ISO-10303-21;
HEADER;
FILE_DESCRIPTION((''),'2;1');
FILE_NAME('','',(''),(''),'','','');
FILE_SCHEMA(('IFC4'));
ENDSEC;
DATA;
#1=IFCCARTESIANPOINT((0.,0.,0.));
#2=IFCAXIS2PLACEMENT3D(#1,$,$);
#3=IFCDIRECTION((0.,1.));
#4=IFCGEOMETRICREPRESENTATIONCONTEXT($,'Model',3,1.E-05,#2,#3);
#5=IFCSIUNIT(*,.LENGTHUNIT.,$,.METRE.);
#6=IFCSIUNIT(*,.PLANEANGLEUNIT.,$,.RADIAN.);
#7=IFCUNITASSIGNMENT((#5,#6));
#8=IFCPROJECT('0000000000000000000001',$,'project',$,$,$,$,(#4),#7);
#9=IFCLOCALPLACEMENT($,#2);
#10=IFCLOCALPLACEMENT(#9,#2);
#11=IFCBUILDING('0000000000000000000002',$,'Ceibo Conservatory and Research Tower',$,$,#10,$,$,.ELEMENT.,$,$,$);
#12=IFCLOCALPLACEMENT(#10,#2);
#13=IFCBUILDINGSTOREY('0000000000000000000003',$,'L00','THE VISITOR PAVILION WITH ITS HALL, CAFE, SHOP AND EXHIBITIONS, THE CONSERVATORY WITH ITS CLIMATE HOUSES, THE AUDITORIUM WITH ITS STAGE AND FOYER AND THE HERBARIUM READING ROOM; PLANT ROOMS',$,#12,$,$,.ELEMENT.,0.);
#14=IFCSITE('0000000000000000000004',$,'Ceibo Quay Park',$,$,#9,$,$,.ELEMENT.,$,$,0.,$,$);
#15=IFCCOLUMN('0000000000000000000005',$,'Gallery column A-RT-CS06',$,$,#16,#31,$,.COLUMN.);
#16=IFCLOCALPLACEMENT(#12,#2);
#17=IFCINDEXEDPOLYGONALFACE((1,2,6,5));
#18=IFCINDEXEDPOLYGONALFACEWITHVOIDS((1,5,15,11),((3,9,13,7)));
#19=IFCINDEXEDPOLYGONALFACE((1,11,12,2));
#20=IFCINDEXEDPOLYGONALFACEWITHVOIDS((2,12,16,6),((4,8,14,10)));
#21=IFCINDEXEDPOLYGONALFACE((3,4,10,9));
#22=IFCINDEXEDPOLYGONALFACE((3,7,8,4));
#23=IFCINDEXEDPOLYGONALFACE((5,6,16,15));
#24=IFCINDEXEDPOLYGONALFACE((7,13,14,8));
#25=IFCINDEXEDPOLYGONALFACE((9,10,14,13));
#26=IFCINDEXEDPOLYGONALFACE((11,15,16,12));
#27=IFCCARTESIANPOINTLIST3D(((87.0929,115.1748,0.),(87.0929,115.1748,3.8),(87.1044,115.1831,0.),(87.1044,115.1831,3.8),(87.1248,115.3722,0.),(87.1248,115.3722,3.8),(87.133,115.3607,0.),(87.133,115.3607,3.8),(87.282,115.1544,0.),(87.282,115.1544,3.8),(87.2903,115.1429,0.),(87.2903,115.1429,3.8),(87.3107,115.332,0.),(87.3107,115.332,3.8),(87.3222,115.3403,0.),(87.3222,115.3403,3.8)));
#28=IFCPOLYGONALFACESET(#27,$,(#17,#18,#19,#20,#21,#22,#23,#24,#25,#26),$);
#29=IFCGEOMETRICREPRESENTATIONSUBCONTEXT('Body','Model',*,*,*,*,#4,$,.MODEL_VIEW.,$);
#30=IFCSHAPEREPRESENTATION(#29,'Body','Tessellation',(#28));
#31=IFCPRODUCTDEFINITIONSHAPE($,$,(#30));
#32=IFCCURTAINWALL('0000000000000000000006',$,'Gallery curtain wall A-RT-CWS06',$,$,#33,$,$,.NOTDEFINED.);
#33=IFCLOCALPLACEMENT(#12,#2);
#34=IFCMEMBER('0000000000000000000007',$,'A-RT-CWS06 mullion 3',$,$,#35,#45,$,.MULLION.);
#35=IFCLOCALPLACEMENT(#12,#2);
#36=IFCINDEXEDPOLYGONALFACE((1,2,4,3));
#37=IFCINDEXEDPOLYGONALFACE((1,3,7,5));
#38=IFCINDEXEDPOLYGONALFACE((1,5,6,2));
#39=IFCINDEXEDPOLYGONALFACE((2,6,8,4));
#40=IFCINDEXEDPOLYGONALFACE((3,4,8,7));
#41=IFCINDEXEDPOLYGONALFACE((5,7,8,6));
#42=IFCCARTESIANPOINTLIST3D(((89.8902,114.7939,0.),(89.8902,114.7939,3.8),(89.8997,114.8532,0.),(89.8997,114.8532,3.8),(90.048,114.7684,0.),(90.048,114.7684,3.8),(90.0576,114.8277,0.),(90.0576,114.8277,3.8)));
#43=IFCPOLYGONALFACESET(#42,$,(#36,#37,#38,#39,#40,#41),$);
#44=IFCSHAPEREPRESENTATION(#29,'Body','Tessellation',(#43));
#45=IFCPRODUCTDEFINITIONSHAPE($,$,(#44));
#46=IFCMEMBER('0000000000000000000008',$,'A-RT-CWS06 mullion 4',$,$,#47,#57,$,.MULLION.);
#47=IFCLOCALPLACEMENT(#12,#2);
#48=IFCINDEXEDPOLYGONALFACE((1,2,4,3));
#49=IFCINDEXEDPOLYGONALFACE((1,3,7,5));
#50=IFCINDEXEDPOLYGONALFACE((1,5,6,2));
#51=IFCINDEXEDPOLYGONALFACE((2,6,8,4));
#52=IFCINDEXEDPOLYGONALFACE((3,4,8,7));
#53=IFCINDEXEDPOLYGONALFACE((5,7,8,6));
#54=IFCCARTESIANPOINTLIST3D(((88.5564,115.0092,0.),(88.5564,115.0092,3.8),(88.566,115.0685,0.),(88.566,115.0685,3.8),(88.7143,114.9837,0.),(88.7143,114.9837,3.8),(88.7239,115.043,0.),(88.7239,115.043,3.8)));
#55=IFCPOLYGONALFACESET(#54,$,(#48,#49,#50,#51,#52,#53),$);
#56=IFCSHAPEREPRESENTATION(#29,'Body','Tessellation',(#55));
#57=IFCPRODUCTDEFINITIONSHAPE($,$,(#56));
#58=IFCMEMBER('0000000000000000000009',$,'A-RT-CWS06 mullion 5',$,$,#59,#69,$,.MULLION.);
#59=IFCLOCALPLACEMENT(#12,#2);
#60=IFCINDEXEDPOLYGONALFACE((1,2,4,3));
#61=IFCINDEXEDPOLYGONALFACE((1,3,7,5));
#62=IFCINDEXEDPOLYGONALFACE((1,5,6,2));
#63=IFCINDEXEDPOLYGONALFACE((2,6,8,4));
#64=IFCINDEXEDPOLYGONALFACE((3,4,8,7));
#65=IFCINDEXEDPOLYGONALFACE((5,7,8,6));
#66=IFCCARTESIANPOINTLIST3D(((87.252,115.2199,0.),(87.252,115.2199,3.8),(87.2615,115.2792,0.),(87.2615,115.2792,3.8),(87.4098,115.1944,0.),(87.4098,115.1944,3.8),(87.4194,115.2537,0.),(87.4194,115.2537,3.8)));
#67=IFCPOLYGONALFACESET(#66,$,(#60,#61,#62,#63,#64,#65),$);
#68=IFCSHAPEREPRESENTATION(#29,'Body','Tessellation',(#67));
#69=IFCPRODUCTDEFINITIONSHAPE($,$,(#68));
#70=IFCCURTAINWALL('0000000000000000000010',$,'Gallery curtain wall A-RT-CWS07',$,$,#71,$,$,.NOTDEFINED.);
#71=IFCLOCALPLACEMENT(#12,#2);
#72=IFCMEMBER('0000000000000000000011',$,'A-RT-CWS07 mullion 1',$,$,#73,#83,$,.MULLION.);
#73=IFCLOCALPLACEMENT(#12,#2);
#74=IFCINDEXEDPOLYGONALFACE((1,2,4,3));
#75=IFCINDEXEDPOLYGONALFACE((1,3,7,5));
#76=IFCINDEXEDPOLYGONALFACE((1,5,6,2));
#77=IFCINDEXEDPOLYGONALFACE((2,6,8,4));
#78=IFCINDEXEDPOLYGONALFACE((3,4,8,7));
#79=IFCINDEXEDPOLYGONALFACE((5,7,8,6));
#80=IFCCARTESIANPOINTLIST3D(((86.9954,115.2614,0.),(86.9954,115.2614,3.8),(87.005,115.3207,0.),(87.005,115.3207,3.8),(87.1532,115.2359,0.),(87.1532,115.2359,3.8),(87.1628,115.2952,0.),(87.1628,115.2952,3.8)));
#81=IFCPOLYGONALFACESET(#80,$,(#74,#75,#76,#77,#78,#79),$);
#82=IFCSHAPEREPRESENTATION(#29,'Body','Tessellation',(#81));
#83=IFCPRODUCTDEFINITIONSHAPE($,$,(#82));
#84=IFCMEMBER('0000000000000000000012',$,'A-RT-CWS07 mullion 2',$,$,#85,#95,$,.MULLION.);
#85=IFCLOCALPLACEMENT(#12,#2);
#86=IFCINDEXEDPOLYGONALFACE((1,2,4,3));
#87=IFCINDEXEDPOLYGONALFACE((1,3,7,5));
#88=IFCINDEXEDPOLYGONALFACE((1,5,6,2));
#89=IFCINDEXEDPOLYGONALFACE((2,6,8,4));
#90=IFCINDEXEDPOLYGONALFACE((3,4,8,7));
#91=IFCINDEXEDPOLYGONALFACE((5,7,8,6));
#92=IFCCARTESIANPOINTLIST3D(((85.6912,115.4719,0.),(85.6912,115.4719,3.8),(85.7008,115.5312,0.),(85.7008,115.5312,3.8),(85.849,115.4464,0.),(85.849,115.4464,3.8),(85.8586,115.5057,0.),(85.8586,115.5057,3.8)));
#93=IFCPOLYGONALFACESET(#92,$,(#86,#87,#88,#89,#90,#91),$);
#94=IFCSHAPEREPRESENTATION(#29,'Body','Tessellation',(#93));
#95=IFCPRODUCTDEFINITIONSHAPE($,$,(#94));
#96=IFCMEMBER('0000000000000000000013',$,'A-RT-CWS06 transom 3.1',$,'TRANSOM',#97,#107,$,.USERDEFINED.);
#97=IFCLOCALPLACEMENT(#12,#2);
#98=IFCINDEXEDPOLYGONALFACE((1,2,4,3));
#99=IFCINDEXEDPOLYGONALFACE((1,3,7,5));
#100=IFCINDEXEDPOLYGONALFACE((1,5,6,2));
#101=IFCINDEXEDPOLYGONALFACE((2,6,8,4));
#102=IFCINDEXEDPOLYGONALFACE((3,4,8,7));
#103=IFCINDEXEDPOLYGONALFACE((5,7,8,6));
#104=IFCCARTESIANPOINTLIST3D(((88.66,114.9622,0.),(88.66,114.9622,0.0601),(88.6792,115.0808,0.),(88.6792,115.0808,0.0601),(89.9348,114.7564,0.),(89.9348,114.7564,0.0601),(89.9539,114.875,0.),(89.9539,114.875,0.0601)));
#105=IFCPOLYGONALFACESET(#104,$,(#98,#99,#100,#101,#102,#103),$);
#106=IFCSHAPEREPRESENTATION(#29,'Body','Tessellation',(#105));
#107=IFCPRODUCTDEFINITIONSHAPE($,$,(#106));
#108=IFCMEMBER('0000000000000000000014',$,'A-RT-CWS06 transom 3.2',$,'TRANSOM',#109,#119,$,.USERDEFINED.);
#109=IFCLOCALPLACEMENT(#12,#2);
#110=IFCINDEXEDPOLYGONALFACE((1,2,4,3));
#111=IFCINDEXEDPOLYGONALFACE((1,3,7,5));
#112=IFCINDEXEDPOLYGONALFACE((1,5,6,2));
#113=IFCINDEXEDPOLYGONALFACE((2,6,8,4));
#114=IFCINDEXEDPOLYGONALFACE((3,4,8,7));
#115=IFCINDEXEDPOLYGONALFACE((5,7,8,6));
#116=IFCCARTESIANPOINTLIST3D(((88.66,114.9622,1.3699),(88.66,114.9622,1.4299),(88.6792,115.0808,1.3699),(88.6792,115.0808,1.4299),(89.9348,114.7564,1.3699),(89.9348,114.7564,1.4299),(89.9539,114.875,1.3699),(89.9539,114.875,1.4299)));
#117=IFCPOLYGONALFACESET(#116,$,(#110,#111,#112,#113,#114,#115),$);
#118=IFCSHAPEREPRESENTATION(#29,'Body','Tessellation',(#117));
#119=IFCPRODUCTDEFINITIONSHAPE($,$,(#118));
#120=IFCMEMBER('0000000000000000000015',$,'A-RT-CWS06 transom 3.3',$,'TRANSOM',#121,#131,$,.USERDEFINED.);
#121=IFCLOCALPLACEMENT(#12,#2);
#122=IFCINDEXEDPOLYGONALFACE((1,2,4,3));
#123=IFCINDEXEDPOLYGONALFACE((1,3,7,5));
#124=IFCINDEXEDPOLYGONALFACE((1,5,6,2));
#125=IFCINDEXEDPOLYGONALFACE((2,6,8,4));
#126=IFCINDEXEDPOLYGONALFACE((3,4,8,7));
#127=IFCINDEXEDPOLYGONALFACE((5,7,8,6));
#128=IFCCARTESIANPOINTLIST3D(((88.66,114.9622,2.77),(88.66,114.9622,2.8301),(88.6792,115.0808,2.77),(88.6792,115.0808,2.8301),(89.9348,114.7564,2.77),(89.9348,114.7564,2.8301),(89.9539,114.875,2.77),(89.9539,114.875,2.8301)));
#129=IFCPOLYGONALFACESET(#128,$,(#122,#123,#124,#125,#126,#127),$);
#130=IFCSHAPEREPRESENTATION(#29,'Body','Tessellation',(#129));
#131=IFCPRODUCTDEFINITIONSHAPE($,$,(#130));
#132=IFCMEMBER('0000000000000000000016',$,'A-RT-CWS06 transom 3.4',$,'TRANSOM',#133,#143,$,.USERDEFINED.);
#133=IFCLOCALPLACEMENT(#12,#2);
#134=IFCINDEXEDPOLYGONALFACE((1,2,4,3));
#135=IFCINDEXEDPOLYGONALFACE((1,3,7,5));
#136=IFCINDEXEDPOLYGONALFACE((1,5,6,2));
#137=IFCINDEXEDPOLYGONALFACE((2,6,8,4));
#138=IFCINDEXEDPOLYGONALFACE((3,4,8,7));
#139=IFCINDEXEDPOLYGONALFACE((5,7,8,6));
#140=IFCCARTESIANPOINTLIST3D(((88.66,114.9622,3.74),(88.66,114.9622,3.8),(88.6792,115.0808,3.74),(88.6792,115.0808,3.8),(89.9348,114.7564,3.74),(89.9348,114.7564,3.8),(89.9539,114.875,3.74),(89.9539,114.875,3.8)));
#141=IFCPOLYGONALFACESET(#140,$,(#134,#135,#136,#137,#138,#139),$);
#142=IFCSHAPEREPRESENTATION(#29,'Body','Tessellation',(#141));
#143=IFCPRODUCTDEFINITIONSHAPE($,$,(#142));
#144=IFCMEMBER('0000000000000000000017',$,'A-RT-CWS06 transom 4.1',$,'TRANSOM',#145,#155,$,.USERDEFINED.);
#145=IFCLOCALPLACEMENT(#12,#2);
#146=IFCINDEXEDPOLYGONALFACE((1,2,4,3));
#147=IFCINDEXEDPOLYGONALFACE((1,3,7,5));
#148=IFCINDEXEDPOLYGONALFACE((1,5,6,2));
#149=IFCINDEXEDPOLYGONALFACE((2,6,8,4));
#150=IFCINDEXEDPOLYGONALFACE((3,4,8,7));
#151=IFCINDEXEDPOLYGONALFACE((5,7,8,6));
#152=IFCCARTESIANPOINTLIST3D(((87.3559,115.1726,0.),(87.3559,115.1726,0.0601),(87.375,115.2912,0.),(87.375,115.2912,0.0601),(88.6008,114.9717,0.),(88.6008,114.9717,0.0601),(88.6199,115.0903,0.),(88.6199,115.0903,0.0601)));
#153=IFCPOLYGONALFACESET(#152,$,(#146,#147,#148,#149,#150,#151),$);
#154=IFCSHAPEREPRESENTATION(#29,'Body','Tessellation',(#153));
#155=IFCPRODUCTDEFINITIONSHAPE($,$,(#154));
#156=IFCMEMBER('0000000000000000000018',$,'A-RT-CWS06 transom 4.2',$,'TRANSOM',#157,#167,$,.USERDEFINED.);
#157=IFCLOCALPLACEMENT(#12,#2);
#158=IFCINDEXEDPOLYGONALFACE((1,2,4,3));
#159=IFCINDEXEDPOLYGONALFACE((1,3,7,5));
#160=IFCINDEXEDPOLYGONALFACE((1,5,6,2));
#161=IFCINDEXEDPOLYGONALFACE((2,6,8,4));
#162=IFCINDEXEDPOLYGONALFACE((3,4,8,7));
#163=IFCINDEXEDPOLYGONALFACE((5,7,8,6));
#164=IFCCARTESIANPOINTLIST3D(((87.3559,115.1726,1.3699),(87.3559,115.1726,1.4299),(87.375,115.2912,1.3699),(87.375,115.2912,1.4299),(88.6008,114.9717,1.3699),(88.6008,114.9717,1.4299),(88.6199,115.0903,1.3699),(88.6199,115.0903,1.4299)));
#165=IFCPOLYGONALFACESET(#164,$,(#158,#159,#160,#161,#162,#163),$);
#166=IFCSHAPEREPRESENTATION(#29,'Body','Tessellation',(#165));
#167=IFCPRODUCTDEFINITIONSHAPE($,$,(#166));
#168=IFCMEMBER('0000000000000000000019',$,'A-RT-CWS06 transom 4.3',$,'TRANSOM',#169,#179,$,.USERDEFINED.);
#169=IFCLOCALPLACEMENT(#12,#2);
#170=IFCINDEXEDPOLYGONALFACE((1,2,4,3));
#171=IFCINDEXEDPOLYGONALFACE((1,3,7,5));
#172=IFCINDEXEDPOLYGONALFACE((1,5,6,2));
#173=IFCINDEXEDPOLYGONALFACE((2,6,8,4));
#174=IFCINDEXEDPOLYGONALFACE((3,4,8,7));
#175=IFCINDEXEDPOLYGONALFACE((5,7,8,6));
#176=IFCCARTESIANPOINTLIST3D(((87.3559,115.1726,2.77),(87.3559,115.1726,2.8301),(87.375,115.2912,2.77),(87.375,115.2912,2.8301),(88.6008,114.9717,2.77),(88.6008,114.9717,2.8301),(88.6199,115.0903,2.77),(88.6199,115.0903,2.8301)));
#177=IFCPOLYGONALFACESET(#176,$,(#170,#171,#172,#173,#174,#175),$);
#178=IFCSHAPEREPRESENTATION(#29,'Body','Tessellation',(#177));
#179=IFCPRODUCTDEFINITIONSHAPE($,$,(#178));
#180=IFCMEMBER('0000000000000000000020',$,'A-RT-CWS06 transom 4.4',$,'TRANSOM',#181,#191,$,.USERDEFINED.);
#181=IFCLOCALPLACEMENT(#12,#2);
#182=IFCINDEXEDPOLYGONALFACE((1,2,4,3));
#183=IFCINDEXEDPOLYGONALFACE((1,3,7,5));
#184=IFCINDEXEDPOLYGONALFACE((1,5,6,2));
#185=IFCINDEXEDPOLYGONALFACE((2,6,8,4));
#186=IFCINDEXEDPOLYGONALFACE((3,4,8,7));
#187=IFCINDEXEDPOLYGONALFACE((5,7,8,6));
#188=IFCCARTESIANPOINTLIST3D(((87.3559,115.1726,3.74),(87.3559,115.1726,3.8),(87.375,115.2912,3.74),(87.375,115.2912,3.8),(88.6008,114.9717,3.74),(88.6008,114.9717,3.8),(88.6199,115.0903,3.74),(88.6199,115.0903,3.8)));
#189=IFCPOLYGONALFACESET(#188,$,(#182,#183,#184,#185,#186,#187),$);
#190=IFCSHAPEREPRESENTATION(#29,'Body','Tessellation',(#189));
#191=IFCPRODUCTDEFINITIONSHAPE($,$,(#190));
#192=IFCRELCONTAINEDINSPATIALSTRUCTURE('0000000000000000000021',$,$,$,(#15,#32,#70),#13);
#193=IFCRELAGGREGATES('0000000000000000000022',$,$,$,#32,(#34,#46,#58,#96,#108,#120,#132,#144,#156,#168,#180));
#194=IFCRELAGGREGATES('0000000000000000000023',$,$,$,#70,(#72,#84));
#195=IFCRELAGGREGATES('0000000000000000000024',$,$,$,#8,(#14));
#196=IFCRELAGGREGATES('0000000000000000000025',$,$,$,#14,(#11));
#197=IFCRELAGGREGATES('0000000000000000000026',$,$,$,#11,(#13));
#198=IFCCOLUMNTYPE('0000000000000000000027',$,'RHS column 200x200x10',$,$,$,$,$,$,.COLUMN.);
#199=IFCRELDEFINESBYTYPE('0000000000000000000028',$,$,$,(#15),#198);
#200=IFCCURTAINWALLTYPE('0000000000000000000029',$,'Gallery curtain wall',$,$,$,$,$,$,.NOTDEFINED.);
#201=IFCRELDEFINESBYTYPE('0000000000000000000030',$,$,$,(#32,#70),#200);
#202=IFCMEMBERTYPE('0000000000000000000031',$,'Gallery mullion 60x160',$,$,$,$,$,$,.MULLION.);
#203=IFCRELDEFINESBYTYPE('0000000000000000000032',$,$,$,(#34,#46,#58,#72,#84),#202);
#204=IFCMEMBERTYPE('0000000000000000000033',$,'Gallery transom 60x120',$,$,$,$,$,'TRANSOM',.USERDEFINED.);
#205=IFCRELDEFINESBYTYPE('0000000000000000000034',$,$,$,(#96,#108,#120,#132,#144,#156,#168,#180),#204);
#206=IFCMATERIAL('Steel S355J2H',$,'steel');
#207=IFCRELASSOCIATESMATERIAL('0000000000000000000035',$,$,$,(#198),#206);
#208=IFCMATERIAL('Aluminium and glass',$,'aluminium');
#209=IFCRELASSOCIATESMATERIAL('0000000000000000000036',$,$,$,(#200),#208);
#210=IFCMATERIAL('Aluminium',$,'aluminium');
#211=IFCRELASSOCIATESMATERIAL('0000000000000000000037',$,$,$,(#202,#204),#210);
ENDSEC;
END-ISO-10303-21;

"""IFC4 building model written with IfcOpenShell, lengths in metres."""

from ifc_helpers import new_model, si_unit, direction, frame, origin, origin_2d, place, context, subcontext, project, spatial, rectangle, hollow_rectangle, extrude, material, material_profile, profile_set, type_object, element, aggregate, save


model = new_model("IFC4")

# Units and contexts
model_context = context("Model", 3, precision=1e-05, world=origin(), true_north=direction((0.0, 1.0)))
body_context = subcontext(model_context, "Body", "Model", "MODEL_VIEW")
ifc_project = project(units=[si_unit("LENGTHUNIT", "METRE"), si_unit("PLANEANGLEUNIT", "RADIAN")], contexts=[model_context])

# Site, building, storey
site_placement = place(None, origin())
site = spatial("IfcSite", under=ifc_project, at=site_placement, Name="Ceibo Quay Park", CompositionType="ELEMENT", RefElevation=0.0)
building_placement = place(site_placement, origin())
building = spatial("IfcBuilding", under=site, at=building_placement, Name="Ceibo Conservatory and Research Tower", CompositionType="ELEMENT")
storey_placement = place(building_placement, origin())
storey = spatial("IfcBuildingStorey", under=building, at=storey_placement, Name="L00", Description="THE VISITOR PAVILION WITH ITS HALL, CAFE, SHOP AND EXHIBITIONS, THE CONSERVATORY WITH ITS CLIMATE HOUSES, THE AUDITORIUM WITH ITS STAGE AND FOYER AND THE HERBARIUM READING ROOM; PLANT ROOMS", CompositionType="ELEMENT", Elevation=0.0)

# Column
ifc_material_1 = material(Name="Steel S355J2H", Category="steel")
ifc_material_profile_1 = material_profile(ifc_material_1, hollow_rectangle(XDim=0.2, YDim=0.2, WallThickness=0.01, at=origin_2d()), Name="RHS column 200x200x10")
ifc_profile_set_1 = profile_set([ifc_material_profile_1], Name="Steel S355J2H")
column_type = type_object("IfcColumnType", Name="RHS column 200x200x10", PredefinedType="COLUMN", material=ifc_profile_set_1)
column_placement = place(storey_placement, frame((87.2075, 115.2576, 0.0), z_axis=(0.0, 0.0, 1.0), x_axis=(-0.987216, 0.159391, 0.0)))
element("IfcColumn", 1, at=column_placement, inside=storey, type_object=column_type, Name="Gallery column A-RT-CS06", PredefinedType="COLUMN", context=body_context, shape_type="SweptSolid", body=[
    extrude(hollow_rectangle(XDim=0.2, YDim=0.2, WallThickness=0.01, at=origin_2d()), origin(), (0.0, 0.0, 1.0), 3.8),
])

# Curtain walls, members
ifc_material_2 = material(Name="Aluminium and glass", Category="aluminium")
curtain_wall_type = type_object("IfcCurtainWallType", Name="Gallery curtain wall", PredefinedType="NOTDEFINED", material=ifc_material_2)
curtain_wall_1_placement = place(storey_placement, origin())
curtain_wall_1 = element("IfcCurtainWall", 2, at=curtain_wall_1_placement, inside=storey, type_object=curtain_wall_type, Name="Gallery curtain wall A-RT-CWS06", PredefinedType="NOTDEFINED")
ifc_material_3 = material(Name="Aluminium", Category="aluminium")
ifc_material_profile_2 = material_profile(ifc_material_3, rectangle(XDim=0.0601, YDim=0.1599, at=origin_2d()), Name="AL 60x160")
ifc_profile_set_2 = profile_set([ifc_material_profile_2], Name="Aluminium")
member_type_1 = type_object("IfcMemberType", Name="Gallery mullion 60x160", PredefinedType="MULLION", material=ifc_profile_set_2)
member_1_placement = place(storey_placement, frame((89.9739, 114.8108, 0.0), z_axis=(0.0, 0.0, 1.0), x_axis=(-0.159391, -0.987216, 0.0)))
member_1 = element("IfcMember", 3, at=member_1_placement, type_object=member_type_1, Name="A-RT-CWS06 mullion 3", PredefinedType="MULLION", context=body_context, shape_type="SweptSolid", body=[
    extrude(rectangle(XDim=0.0601, YDim=0.1599, at=origin_2d()), origin(), (0.0, 0.0, 1.0), 3.8),
])
member_2_placement = place(storey_placement, frame((88.6401, 115.0261, 0.0), z_axis=(0.0, 0.0, 1.0), x_axis=(-0.159391, -0.987216, 0.0)))
member_2 = element("IfcMember", 4, at=member_2_placement, type_object=member_type_1, Name="A-RT-CWS06 mullion 4", PredefinedType="MULLION", context=body_context, shape_type="SweptSolid", body=[
    extrude(rectangle(XDim=0.0601, YDim=0.1599, at=origin_2d()), origin(), (0.0, 0.0, 1.0), 3.8),
])
member_3_placement = place(storey_placement, frame((87.3357, 115.2368, 0.0), z_axis=(0.0, 0.0, 1.0), x_axis=(-0.159391, -0.987216, 0.0)))
member_3 = element("IfcMember", 5, at=member_3_placement, type_object=member_type_1, Name="A-RT-CWS06 mullion 5", PredefinedType="MULLION", context=body_context, shape_type="SweptSolid", body=[
    extrude(rectangle(XDim=0.0601, YDim=0.1599, at=origin_2d()), origin(), (0.0, 0.0, 1.0), 3.8),
])
curtain_wall_2_placement = place(storey_placement, origin())
curtain_wall_2 = element("IfcCurtainWall", 6, at=curtain_wall_2_placement, inside=storey, type_object=curtain_wall_type, Name="Gallery curtain wall A-RT-CWS07", PredefinedType="NOTDEFINED")
member_4_placement = place(storey_placement, frame((87.0791, 115.2783, 0.0), z_axis=(0.0, 0.0, 1.0), x_axis=(-0.159391, -0.987216, 0.0)))
member_4 = element("IfcMember", 7, at=member_4_placement, type_object=member_type_1, Name="A-RT-CWS07 mullion 1", PredefinedType="MULLION", context=body_context, shape_type="SweptSolid", body=[
    extrude(rectangle(XDim=0.0601, YDim=0.1599, at=origin_2d()), origin(), (0.0, 0.0, 1.0), 3.8),
])
member_5_placement = place(storey_placement, frame((85.7749, 115.4888, 0.0), z_axis=(0.0, 0.0, 1.0), x_axis=(-0.159391, -0.987216, 0.0)))
member_5 = element("IfcMember", 8, at=member_5_placement, type_object=member_type_1, Name="A-RT-CWS07 mullion 2", PredefinedType="MULLION", context=body_context, shape_type="SweptSolid", body=[
    extrude(rectangle(XDim=0.0601, YDim=0.1599, at=origin_2d()), origin(), (0.0, 0.0, 1.0), 3.8),
])

# Members
ifc_material_profile_3 = material_profile(ifc_material_3, rectangle(XDim=0.1201, YDim=0.0601, at=origin_2d()), Name="AL 60x120")
ifc_profile_set_3 = profile_set([ifc_material_profile_3], Name="Aluminium")
member_type_2 = type_object("IfcMemberType", Name="Gallery transom 60x120", ElementType="TRANSOM", PredefinedType="USERDEFINED", material=ifc_profile_set_3)
member_6_placement = place(storey_placement, frame((89.9443, 114.8157, 0.03), z_axis=(-0.987214, 0.159399, 0.0), x_axis=(-0.159399, -0.987214, 0.0)))
member_6 = element("IfcMember", 9, at=member_6_placement, type_object=member_type_2, Name="A-RT-CWS06 transom 3.1", ObjectType="TRANSOM", PredefinedType="USERDEFINED", context=body_context, shape_type="SweptSolid", body=[
    extrude(rectangle(XDim=0.1201, YDim=0.0601, at=origin_2d()), origin(), (0.0, 0.0, 1.0), 1.2913),
])
member_7_placement = place(storey_placement, frame((89.9443, 114.8157, 1.3999), z_axis=(-0.987214, 0.159399, 0.0), x_axis=(-0.159399, -0.987214, 0.0)))
member_7 = element("IfcMember", 10, at=member_7_placement, type_object=member_type_2, Name="A-RT-CWS06 transom 3.2", ObjectType="TRANSOM", PredefinedType="USERDEFINED", context=body_context, shape_type="SweptSolid", body=[
    extrude(rectangle(XDim=0.1201, YDim=0.0601, at=origin_2d()), origin(), (0.0, 0.0, 1.0), 1.2913),
])
member_8_placement = place(storey_placement, frame((89.9443, 114.8157, 2.8), z_axis=(-0.987214, 0.159399, 0.0), x_axis=(-0.159399, -0.987214, 0.0)))
member_8 = element("IfcMember", 11, at=member_8_placement, type_object=member_type_2, Name="A-RT-CWS06 transom 3.3", ObjectType="TRANSOM", PredefinedType="USERDEFINED", context=body_context, shape_type="SweptSolid", body=[
    extrude(rectangle(XDim=0.1201, YDim=0.0601, at=origin_2d()), origin(), (0.0, 0.0, 1.0), 1.2913),
])
member_9_placement = place(storey_placement, frame((89.9443, 114.8157, 3.77), z_axis=(-0.987214, 0.159399, 0.0), x_axis=(-0.159399, -0.987214, 0.0)))
member_9 = element("IfcMember", 12, at=member_9_placement, type_object=member_type_2, Name="A-RT-CWS06 transom 3.4", ObjectType="TRANSOM", PredefinedType="USERDEFINED", context=body_context, shape_type="SweptSolid", body=[
    extrude(rectangle(XDim=0.1201, YDim=0.0601, at=origin_2d()), origin(), (0.0, 0.0, 1.0), 1.2913),
])
member_10_placement = place(storey_placement, frame((88.6104, 115.031, 0.03), z_axis=(-0.987223, 0.159342, 0.0), x_axis=(-0.159342, -0.987223, 0.0)))
member_10 = element("IfcMember", 13, at=member_10_placement, type_object=member_type_2, Name="A-RT-CWS06 transom 4.1", ObjectType="TRANSOM", PredefinedType="USERDEFINED", context=body_context, shape_type="SweptSolid", body=[
    extrude(rectangle(XDim=0.1201, YDim=0.0601, at=origin_2d()), origin(), (0.0, 0.0, 1.0), 1.261),
])
member_11_placement = place(storey_placement, frame((88.6104, 115.031, 1.3999), z_axis=(-0.987223, 0.159342, 0.0), x_axis=(-0.159342, -0.987223, 0.0)))
member_11 = element("IfcMember", 14, at=member_11_placement, type_object=member_type_2, Name="A-RT-CWS06 transom 4.2", ObjectType="TRANSOM", PredefinedType="USERDEFINED", context=body_context, shape_type="SweptSolid", body=[
    extrude(rectangle(XDim=0.1201, YDim=0.0601, at=origin_2d()), origin(), (0.0, 0.0, 1.0), 1.261),
])
member_12_placement = place(storey_placement, frame((88.6104, 115.031, 2.8), z_axis=(-0.987223, 0.159342, 0.0), x_axis=(-0.159342, -0.987223, 0.0)))
member_12 = element("IfcMember", 15, at=member_12_placement, type_object=member_type_2, Name="A-RT-CWS06 transom 4.3", ObjectType="TRANSOM", PredefinedType="USERDEFINED", context=body_context, shape_type="SweptSolid", body=[
    extrude(rectangle(XDim=0.1201, YDim=0.0601, at=origin_2d()), origin(), (0.0, 0.0, 1.0), 1.261),
])
member_13_placement = place(storey_placement, frame((88.6104, 115.031, 3.77), z_axis=(-0.987223, 0.159342, 0.0), x_axis=(-0.159342, -0.987223, 0.0)))
member_13 = element("IfcMember", 16, at=member_13_placement, type_object=member_type_2, Name="A-RT-CWS06 transom 4.4", ObjectType="TRANSOM", PredefinedType="USERDEFINED", context=body_context, shape_type="SweptSolid", body=[
    extrude(rectangle(XDim=0.1201, YDim=0.0601, at=origin_2d()), origin(), (0.0, 0.0, 1.0), 1.261),
])

aggregate(curtain_wall_1, [member_1, member_2, member_3, member_6, member_7, member_8, member_9, member_10, member_11, member_12, member_13])
aggregate(curtain_wall_2, [member_4, member_5])

save(model, "model.ifc")
